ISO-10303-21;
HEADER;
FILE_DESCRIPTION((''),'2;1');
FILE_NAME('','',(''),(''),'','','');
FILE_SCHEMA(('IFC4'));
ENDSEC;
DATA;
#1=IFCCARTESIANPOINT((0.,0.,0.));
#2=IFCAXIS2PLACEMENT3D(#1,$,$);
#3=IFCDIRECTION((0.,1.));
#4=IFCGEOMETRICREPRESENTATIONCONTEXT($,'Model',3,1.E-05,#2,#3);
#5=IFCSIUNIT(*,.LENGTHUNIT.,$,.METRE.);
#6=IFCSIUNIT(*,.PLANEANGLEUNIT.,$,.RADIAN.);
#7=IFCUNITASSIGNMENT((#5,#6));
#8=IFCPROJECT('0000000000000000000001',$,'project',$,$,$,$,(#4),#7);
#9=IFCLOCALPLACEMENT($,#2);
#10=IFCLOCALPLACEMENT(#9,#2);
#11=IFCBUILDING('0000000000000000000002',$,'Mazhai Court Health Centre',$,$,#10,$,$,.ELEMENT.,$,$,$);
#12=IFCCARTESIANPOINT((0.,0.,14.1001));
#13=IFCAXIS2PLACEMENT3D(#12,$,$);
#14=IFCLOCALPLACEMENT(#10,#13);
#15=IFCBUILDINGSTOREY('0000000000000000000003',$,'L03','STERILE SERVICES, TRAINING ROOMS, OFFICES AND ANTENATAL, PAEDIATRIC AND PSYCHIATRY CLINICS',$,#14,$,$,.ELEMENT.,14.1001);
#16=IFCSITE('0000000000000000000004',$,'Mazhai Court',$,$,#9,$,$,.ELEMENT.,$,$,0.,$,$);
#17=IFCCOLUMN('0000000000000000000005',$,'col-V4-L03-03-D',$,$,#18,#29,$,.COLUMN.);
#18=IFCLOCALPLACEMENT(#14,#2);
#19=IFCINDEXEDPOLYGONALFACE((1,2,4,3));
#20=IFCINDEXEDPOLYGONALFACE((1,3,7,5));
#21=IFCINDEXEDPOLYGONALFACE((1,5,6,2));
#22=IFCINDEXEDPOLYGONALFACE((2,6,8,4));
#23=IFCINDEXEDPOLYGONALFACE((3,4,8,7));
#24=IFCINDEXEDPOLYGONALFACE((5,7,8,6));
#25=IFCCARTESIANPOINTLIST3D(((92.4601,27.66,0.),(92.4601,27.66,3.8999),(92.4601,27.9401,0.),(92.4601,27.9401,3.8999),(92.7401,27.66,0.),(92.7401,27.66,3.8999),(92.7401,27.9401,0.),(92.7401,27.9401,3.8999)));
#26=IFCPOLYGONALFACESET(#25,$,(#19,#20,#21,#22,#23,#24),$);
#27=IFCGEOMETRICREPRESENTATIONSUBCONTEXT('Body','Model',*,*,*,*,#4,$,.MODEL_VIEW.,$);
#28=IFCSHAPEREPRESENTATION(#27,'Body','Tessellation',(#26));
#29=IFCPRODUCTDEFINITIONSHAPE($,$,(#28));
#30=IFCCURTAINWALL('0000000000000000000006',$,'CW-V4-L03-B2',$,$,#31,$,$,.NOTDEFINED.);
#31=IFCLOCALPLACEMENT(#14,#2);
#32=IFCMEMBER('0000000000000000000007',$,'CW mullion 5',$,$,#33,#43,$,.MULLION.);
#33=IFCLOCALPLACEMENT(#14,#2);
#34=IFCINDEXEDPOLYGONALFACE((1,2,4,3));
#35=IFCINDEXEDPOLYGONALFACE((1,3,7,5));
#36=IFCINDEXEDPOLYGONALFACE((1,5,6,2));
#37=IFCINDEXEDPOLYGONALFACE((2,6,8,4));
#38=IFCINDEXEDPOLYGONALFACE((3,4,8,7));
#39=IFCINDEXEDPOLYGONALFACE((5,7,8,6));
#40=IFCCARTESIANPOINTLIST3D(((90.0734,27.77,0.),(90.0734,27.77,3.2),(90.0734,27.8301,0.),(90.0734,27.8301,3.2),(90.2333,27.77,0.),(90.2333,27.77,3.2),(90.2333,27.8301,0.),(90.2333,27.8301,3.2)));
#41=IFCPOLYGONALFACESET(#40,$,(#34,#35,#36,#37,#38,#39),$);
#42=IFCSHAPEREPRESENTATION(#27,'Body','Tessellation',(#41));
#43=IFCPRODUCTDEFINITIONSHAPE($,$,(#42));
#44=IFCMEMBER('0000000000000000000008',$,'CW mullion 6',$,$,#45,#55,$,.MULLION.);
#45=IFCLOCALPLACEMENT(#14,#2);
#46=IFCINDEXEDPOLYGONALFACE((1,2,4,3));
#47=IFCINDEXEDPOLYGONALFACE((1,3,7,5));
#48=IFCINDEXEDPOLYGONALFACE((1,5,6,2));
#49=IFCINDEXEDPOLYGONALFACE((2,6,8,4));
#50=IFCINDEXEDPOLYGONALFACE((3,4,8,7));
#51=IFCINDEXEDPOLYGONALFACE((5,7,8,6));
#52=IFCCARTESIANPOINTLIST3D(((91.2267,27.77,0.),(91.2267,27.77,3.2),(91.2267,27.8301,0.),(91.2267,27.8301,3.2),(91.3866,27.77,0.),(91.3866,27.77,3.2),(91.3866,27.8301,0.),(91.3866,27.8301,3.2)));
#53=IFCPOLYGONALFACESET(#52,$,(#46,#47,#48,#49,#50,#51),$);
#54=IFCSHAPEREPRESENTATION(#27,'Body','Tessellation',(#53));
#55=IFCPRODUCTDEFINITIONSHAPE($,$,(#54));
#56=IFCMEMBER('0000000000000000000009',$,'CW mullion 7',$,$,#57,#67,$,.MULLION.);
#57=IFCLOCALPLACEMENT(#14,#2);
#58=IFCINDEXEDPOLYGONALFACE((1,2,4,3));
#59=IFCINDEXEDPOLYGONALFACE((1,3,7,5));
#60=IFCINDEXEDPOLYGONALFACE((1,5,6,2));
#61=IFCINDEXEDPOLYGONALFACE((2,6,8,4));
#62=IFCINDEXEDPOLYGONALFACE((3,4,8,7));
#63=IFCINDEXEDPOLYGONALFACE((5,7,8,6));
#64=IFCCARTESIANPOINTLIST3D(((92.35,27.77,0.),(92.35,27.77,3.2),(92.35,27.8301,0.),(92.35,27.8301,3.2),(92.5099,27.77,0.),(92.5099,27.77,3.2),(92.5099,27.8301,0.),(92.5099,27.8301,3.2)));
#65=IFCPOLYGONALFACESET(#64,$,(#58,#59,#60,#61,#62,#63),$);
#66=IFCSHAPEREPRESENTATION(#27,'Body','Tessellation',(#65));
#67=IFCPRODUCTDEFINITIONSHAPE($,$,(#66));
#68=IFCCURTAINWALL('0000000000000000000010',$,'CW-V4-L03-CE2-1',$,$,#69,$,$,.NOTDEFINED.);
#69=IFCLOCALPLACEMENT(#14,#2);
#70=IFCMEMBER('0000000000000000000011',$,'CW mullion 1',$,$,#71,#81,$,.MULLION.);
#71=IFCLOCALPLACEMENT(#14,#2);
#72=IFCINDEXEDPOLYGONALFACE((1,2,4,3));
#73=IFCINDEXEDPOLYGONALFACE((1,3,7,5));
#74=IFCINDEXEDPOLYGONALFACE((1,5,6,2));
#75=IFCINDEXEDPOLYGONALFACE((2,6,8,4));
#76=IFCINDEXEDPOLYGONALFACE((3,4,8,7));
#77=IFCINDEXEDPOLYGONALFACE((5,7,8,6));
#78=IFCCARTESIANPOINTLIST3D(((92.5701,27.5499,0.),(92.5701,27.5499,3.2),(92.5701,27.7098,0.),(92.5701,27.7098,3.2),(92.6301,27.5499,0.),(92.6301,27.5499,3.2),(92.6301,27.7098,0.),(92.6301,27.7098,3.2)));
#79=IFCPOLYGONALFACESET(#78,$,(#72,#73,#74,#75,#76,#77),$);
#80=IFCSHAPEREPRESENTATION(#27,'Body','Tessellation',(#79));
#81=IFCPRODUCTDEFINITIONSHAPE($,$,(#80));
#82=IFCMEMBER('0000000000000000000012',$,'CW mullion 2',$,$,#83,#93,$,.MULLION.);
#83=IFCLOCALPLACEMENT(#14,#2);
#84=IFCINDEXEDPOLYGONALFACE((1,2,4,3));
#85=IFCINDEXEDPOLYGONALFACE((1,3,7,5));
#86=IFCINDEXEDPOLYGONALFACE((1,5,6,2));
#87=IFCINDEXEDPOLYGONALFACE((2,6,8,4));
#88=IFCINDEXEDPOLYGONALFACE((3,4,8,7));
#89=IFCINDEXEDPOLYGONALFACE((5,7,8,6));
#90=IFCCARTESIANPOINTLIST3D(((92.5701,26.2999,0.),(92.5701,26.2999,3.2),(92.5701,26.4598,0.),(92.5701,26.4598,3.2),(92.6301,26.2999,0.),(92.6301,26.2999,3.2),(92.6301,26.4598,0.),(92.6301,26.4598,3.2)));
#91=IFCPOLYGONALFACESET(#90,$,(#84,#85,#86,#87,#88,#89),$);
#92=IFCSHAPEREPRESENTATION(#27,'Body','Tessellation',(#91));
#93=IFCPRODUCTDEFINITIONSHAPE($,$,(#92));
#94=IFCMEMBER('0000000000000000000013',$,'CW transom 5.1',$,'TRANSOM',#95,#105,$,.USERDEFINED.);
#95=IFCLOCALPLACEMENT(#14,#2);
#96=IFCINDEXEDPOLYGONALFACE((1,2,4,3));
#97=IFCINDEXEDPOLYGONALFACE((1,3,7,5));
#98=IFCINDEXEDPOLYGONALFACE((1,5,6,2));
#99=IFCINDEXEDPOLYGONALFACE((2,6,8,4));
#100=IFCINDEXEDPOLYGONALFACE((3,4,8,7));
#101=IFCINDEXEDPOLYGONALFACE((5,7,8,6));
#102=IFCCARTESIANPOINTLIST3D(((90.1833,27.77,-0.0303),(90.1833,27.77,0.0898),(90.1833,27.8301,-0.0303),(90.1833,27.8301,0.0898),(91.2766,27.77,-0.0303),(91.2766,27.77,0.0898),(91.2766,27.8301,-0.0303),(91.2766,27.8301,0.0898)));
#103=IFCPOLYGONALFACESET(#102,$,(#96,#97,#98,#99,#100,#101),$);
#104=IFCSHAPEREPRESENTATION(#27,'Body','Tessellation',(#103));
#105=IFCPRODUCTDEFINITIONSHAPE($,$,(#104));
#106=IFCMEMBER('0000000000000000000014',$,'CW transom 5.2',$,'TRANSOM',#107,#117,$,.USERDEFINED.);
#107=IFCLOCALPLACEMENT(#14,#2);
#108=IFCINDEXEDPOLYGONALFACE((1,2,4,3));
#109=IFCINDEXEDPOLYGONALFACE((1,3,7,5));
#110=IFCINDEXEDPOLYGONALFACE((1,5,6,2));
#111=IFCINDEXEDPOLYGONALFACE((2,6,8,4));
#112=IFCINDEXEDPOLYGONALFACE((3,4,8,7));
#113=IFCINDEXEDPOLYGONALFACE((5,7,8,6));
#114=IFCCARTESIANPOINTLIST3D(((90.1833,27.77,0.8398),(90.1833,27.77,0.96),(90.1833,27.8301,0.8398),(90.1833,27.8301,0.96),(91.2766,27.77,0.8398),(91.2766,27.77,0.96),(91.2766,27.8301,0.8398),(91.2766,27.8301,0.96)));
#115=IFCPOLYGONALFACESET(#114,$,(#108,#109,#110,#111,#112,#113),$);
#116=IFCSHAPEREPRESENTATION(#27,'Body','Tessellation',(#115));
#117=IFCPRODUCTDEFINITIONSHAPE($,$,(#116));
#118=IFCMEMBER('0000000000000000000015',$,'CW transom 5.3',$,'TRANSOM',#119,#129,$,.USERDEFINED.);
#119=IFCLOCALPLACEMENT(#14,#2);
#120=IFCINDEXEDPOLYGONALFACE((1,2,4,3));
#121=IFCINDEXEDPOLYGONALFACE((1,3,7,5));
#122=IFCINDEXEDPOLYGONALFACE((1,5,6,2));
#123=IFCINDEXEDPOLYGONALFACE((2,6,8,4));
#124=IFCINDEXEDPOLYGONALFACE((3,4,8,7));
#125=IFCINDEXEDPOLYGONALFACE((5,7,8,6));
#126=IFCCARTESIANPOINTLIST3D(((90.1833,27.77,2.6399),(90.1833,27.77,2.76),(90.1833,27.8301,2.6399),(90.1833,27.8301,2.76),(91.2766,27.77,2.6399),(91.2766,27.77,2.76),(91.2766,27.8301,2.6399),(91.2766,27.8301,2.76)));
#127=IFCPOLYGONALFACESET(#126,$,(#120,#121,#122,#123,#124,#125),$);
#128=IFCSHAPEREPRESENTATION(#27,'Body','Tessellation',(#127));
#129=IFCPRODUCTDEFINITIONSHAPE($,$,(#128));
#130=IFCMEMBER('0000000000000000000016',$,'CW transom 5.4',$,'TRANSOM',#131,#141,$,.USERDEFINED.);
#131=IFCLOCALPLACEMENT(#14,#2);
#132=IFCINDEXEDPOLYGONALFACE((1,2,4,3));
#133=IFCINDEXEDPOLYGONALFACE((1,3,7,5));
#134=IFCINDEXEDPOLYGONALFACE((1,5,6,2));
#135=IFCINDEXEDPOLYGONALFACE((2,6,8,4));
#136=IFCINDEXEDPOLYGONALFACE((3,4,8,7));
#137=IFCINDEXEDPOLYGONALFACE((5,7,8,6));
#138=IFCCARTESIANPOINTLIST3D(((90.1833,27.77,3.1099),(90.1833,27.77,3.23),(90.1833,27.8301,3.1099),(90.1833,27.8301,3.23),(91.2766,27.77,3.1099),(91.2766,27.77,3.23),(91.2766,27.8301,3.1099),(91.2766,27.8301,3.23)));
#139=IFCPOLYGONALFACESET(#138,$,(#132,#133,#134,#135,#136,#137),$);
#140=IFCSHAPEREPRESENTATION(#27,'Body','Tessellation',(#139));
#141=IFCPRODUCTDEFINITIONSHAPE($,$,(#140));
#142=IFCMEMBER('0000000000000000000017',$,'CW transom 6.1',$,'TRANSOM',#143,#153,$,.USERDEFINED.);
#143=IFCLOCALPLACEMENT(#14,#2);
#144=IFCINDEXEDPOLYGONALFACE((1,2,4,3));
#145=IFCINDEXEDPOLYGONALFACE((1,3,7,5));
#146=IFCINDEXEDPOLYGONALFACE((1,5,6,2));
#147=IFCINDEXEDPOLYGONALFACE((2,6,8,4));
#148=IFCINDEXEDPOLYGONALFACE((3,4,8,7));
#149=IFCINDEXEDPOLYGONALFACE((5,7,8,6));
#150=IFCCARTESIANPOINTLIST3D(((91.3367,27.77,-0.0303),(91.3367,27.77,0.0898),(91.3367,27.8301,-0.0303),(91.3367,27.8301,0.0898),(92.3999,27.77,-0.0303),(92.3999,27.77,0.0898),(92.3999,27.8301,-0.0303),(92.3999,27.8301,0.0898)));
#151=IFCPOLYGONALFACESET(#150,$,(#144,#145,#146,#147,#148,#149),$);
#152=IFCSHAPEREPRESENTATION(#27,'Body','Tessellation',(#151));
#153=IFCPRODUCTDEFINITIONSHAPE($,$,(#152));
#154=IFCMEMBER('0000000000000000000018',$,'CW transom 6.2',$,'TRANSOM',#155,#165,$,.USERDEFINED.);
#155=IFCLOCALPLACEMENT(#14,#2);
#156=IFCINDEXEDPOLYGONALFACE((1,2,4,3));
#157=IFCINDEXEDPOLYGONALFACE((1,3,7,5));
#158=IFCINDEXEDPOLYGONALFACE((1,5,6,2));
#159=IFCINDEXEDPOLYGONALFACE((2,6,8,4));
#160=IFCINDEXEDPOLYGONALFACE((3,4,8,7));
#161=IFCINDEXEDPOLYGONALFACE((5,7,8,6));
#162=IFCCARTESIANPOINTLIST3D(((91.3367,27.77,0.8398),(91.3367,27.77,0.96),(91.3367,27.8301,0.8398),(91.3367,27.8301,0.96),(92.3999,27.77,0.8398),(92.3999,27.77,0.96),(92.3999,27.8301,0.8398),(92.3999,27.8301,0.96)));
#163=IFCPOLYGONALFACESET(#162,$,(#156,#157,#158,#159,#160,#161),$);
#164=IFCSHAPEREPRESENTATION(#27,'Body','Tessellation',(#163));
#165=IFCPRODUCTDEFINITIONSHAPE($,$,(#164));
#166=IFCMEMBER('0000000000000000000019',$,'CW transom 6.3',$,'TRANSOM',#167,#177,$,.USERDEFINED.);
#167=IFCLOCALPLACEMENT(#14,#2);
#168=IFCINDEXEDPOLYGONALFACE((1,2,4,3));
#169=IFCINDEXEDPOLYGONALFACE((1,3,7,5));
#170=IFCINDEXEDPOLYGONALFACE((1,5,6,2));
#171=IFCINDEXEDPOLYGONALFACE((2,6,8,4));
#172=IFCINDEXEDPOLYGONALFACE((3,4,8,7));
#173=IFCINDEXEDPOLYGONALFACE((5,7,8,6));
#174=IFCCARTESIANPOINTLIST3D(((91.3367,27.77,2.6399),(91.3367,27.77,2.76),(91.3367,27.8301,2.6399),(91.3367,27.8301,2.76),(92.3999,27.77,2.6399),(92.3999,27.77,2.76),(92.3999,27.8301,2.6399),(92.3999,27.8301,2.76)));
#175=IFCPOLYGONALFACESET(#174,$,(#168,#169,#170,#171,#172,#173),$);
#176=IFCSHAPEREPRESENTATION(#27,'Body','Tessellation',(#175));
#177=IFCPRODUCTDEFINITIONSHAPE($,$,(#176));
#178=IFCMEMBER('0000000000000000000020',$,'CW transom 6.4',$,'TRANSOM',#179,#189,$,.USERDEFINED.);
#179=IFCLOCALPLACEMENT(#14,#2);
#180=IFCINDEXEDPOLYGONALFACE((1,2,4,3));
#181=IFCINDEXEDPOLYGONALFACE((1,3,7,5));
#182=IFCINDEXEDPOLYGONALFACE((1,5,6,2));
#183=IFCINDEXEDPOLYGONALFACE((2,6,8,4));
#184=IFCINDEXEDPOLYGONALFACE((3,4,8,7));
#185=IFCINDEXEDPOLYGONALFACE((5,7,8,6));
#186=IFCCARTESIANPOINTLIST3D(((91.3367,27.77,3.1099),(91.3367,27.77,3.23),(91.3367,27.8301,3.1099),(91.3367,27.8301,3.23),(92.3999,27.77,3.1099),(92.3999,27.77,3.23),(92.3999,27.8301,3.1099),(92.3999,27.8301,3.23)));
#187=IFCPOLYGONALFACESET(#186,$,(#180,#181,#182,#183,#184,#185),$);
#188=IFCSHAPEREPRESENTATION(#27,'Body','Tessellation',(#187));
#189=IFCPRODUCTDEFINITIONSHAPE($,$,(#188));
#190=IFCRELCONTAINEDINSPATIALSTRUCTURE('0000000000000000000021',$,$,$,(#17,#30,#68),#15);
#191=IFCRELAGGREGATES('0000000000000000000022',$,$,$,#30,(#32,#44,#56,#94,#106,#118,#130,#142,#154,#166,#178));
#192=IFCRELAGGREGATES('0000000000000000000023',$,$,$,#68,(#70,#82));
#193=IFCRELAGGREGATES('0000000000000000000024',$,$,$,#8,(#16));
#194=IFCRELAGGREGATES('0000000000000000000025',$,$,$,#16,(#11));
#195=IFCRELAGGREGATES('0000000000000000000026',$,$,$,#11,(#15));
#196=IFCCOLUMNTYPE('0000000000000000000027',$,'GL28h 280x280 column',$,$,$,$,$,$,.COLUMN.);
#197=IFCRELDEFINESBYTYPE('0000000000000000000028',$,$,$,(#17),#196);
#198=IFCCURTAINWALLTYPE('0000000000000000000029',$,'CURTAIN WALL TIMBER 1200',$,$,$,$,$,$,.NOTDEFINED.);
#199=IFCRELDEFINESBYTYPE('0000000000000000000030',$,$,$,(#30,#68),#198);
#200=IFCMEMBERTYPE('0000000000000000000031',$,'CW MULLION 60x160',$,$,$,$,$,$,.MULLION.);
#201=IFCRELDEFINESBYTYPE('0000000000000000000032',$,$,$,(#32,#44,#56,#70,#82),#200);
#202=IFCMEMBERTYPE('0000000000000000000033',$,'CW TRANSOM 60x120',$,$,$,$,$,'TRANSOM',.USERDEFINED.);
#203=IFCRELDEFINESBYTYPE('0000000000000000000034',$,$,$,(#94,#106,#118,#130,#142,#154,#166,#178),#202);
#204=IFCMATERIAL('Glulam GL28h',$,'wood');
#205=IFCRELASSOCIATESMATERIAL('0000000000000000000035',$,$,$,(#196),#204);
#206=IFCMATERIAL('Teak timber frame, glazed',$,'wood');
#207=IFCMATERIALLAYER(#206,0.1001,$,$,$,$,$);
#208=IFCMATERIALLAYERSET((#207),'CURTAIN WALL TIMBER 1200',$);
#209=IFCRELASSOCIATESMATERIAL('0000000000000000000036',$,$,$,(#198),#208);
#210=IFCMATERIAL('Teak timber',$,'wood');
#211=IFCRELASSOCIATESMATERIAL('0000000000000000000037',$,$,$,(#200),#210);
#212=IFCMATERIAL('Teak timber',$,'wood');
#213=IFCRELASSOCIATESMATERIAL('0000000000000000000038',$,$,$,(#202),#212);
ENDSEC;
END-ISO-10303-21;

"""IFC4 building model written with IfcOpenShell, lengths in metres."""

from ifc_helpers import new_model, si_unit, direction, frame, origin, origin_2d, place, context, subcontext, project, spatial, rectangle, extrude, material, layer, layer_set, material_profile, profile_set, type_object, element, aggregate, save


model = new_model("IFC4")

# Units and contexts
model_context = context("Model", 3, precision=1e-05, world=origin(), true_north=direction((0.0, 1.0)))
body_context = subcontext(model_context, "Body", "Model", "MODEL_VIEW")
ifc_project = project(units=[si_unit("LENGTHUNIT", "METRE"), si_unit("PLANEANGLEUNIT", "RADIAN")], contexts=[model_context])

# Site, building, storey
site_placement = place(None, origin())
site = spatial("IfcSite", under=ifc_project, at=site_placement, Name="Mazhai Court", CompositionType="ELEMENT", RefElevation=0.0)
building_placement = place(site_placement, origin())
building = spatial("IfcBuilding", under=site, at=building_placement, Name="Mazhai Court Health Centre", CompositionType="ELEMENT")
storey_placement = place(building_placement, frame((0.0, 0.0, 14.1001)))
storey = spatial("IfcBuildingStorey", under=building, at=storey_placement, Name="L03", Description="STERILE SERVICES, TRAINING ROOMS, OFFICES AND ANTENATAL, PAEDIATRIC AND PSYCHIATRY CLINICS", CompositionType="ELEMENT", Elevation=14.1001)

# Column
ifc_material_1 = material(Name="Glulam GL28h", Category="wood")
ifc_material_profile_1 = material_profile(ifc_material_1, rectangle(XDim=0.28, YDim=0.28, at=origin_2d()), Name="GL28h 280x280")
ifc_profile_set_1 = profile_set([ifc_material_profile_1], Name="Glulam GL28h")
column_type = type_object("IfcColumnType", Name="GL28h 280x280 column", PredefinedType="COLUMN", material=ifc_profile_set_1)
column_placement = place(storey_placement, frame((92.6001, 27.8, 0.0), z_axis=(0.0, 0.0, 1.0), x_axis=(1.0, 0.0, 0.0)))
element("IfcColumn", 1, at=column_placement, inside=storey, type_object=column_type, Name="col-V4-L03-03-D", PredefinedType="COLUMN", context=body_context, shape_type="SweptSolid", body=[
    extrude(rectangle(XDim=0.28, YDim=0.28, at=origin_2d()), origin(), (0.0, 0.0, 1.0), 3.8999),
])

# Curtain walls, members
ifc_material_2 = material(Name="Teak timber frame, glazed", Category="wood")
ifc_layer_1 = layer(ifc_material_2, 0.1001)
ifc_layer_set_1 = layer_set([ifc_layer_1], Name="CURTAIN WALL TIMBER 1200")
curtain_wall_type = type_object("IfcCurtainWallType", Name="CURTAIN WALL TIMBER 1200", PredefinedType="NOTDEFINED", material=ifc_layer_set_1)
curtain_wall_1_placement = place(storey_placement, origin())
curtain_wall_1 = element("IfcCurtainWall", 2, at=curtain_wall_1_placement, inside=storey, type_object=curtain_wall_type, Name="CW-V4-L03-B2", PredefinedType="NOTDEFINED")
ifc_material_3 = material(Name="Teak timber", Category="wood")
ifc_material_profile_2 = material_profile(ifc_material_3, rectangle(XDim=0.0601, YDim=0.1599, at=origin_2d()), Name="CW MULLION 60x160")
ifc_profile_set_2 = profile_set([ifc_material_profile_2], Name="Teak timber")
member_type_1 = type_object("IfcMemberType", Name="CW MULLION 60x160", PredefinedType="MULLION", material=ifc_profile_set_2)
member_1_placement = place(storey_placement, frame((90.1533, 27.8, 0.0), z_axis=(0.0, 0.0, 1.0), x_axis=(0.0, 1.0, 0.0)))
member_1 = element("IfcMember", 3, at=member_1_placement, type_object=member_type_1, Name="CW mullion 5", PredefinedType="MULLION", context=body_context, shape_type="SweptSolid", body=[
    extrude(rectangle(XDim=0.0601, YDim=0.1599, at=origin_2d()), origin(), (0.0, 0.0, 1.0), 3.2),
])
member_2_placement = place(storey_placement, frame((91.3066, 27.8, 0.0), z_axis=(0.0, 0.0, 1.0), x_axis=(0.0, 1.0, 0.0)))
member_2 = element("IfcMember", 4, at=member_2_placement, type_object=member_type_1, Name="CW mullion 6", PredefinedType="MULLION", context=body_context, shape_type="SweptSolid", body=[
    extrude(rectangle(XDim=0.0601, YDim=0.1599, at=origin_2d()), origin(), (0.0, 0.0, 1.0), 3.2),
])
member_3_placement = place(storey_placement, frame((92.4299, 27.8, 0.0), z_axis=(0.0, 0.0, 1.0), x_axis=(0.0, 1.0, 0.0)))
member_3 = element("IfcMember", 5, at=member_3_placement, type_object=member_type_1, Name="CW mullion 7", PredefinedType="MULLION", context=body_context, shape_type="SweptSolid", body=[
    extrude(rectangle(XDim=0.0601, YDim=0.1599, at=origin_2d()), origin(), (0.0, 0.0, 1.0), 3.2),
])
curtain_wall_2_placement = place(storey_placement, origin())
curtain_wall_2 = element("IfcCurtainWall", 6, at=curtain_wall_2_placement, inside=storey, type_object=curtain_wall_type, Name="CW-V4-L03-CE2-1", PredefinedType="NOTDEFINED")
member_4_placement = place(storey_placement, frame((92.6001, 27.6299, 0.0), z_axis=(0.0, 0.0, 1.0), x_axis=(1.0, 0.0, 0.0)))
member_4 = element("IfcMember", 7, at=member_4_placement, type_object=member_type_1, Name="CW mullion 1", PredefinedType="MULLION", context=body_context, shape_type="SweptSolid", body=[
    extrude(rectangle(XDim=0.0601, YDim=0.1599, at=origin_2d()), origin(), (0.0, 0.0, 1.0), 3.2),
])
member_5_placement = place(storey_placement, frame((92.6001, 26.3799, 0.0), z_axis=(0.0, 0.0, 1.0), x_axis=(1.0, 0.0, 0.0)))
member_5 = element("IfcMember", 8, at=member_5_placement, type_object=member_type_1, Name="CW mullion 2", PredefinedType="MULLION", context=body_context, shape_type="SweptSolid", body=[
    extrude(rectangle(XDim=0.0601, YDim=0.1599, at=origin_2d()), origin(), (0.0, 0.0, 1.0), 3.2),
])

# Members
ifc_material_4 = material(Name="Teak timber", Category="wood")
ifc_material_profile_3 = material_profile(ifc_material_4, rectangle(XDim=0.0601, YDim=0.1201, at=origin_2d()), Name="CW TRANSOM 60x120")
ifc_profile_set_3 = profile_set([ifc_material_profile_3], Name="Teak timber")
member_type_2 = type_object("IfcMemberType", Name="CW TRANSOM 60x120", ElementType="TRANSOM", PredefinedType="USERDEFINED", material=ifc_profile_set_3)
member_6_placement = place(storey_placement, frame((90.1833, 27.8, 0.0298), z_axis=(1.0, 0.0, 0.0), x_axis=(0.0, 1.0, 0.0)))
member_6 = element("IfcMember", 9, at=member_6_placement, type_object=member_type_2, Name="CW transom 5.1", ObjectType="TRANSOM", PredefinedType="USERDEFINED", context=body_context, shape_type="SweptSolid", body=[
    extrude(rectangle(XDim=0.0601, YDim=0.1201, at=origin_2d()), origin(), (0.0, 0.0, 1.0), 1.0933),
])
member_7_placement = place(storey_placement, frame((90.1833, 27.8, 0.8999), z_axis=(1.0, 0.0, 0.0), x_axis=(0.0, 1.0, 0.0)))
member_7 = element("IfcMember", 10, at=member_7_placement, type_object=member_type_2, Name="CW transom 5.2", ObjectType="TRANSOM", PredefinedType="USERDEFINED", context=body_context, shape_type="SweptSolid", body=[
    extrude(rectangle(XDim=0.0601, YDim=0.1201, at=origin_2d()), origin(), (0.0, 0.0, 1.0), 1.0933),
])
member_8_placement = place(storey_placement, frame((90.1833, 27.8, 2.7), z_axis=(1.0, 0.0, 0.0), x_axis=(0.0, 1.0, 0.0)))
member_8 = element("IfcMember", 11, at=member_8_placement, type_object=member_type_2, Name="CW transom 5.3", ObjectType="TRANSOM", PredefinedType="USERDEFINED", context=body_context, shape_type="SweptSolid", body=[
    extrude(rectangle(XDim=0.0601, YDim=0.1201, at=origin_2d()), origin(), (0.0, 0.0, 1.0), 1.0933),
])
member_9_placement = place(storey_placement, frame((90.1833, 27.8, 3.1699), z_axis=(1.0, 0.0, 0.0), x_axis=(0.0, 1.0, 0.0)))
member_9 = element("IfcMember", 12, at=member_9_placement, type_object=member_type_2, Name="CW transom 5.4", ObjectType="TRANSOM", PredefinedType="USERDEFINED", context=body_context, shape_type="SweptSolid", body=[
    extrude(rectangle(XDim=0.0601, YDim=0.1201, at=origin_2d()), origin(), (0.0, 0.0, 1.0), 1.0933),
])
member_10_placement = place(storey_placement, frame((91.3367, 27.8, 0.0298), z_axis=(1.0, 0.0, 0.0), x_axis=(0.0, 1.0, 0.0)))
member_10 = element("IfcMember", 13, at=member_10_placement, type_object=member_type_2, Name="CW transom 6.1", ObjectType="TRANSOM", PredefinedType="USERDEFINED", context=body_context, shape_type="SweptSolid", body=[
    extrude(rectangle(XDim=0.0601, YDim=0.1201, at=origin_2d()), origin(), (0.0, 0.0, 1.0), 1.0632),
])
member_11_placement = place(storey_placement, frame((91.3367, 27.8, 0.8999), z_axis=(1.0, 0.0, 0.0), x_axis=(0.0, 1.0, 0.0)))
member_11 = element("IfcMember", 14, at=member_11_placement, type_object=member_type_2, Name="CW transom 6.2", ObjectType="TRANSOM", PredefinedType="USERDEFINED", context=body_context, shape_type="SweptSolid", body=[
    extrude(rectangle(XDim=0.0601, YDim=0.1201, at=origin_2d()), origin(), (0.0, 0.0, 1.0), 1.0632),
])
member_12_placement = place(storey_placement, frame((91.3367, 27.8, 2.7), z_axis=(1.0, 0.0, 0.0), x_axis=(0.0, 1.0, 0.0)))
member_12 = element("IfcMember", 15, at=member_12_placement, type_object=member_type_2, Name="CW transom 6.3", ObjectType="TRANSOM", PredefinedType="USERDEFINED", context=body_context, shape_type="SweptSolid", body=[
    extrude(rectangle(XDim=0.0601, YDim=0.1201, at=origin_2d()), origin(), (0.0, 0.0, 1.0), 1.0632),
])
member_13_placement = place(storey_placement, frame((91.3367, 27.8, 3.1699), z_axis=(1.0, 0.0, 0.0), x_axis=(0.0, 1.0, 0.0)))
member_13 = element("IfcMember", 16, at=member_13_placement, type_object=member_type_2, Name="CW transom 6.4", ObjectType="TRANSOM", PredefinedType="USERDEFINED", context=body_context, shape_type="SweptSolid", body=[
    extrude(rectangle(XDim=0.0601, YDim=0.1201, at=origin_2d()), origin(), (0.0, 0.0, 1.0), 1.0632),
])

aggregate(curtain_wall_1, [member_1, member_2, member_3, member_6, member_7, member_8, member_9, member_10, member_11, member_12, member_13])
aggregate(curtain_wall_2, [member_4, member_5])

save(model, "model.ifc")
